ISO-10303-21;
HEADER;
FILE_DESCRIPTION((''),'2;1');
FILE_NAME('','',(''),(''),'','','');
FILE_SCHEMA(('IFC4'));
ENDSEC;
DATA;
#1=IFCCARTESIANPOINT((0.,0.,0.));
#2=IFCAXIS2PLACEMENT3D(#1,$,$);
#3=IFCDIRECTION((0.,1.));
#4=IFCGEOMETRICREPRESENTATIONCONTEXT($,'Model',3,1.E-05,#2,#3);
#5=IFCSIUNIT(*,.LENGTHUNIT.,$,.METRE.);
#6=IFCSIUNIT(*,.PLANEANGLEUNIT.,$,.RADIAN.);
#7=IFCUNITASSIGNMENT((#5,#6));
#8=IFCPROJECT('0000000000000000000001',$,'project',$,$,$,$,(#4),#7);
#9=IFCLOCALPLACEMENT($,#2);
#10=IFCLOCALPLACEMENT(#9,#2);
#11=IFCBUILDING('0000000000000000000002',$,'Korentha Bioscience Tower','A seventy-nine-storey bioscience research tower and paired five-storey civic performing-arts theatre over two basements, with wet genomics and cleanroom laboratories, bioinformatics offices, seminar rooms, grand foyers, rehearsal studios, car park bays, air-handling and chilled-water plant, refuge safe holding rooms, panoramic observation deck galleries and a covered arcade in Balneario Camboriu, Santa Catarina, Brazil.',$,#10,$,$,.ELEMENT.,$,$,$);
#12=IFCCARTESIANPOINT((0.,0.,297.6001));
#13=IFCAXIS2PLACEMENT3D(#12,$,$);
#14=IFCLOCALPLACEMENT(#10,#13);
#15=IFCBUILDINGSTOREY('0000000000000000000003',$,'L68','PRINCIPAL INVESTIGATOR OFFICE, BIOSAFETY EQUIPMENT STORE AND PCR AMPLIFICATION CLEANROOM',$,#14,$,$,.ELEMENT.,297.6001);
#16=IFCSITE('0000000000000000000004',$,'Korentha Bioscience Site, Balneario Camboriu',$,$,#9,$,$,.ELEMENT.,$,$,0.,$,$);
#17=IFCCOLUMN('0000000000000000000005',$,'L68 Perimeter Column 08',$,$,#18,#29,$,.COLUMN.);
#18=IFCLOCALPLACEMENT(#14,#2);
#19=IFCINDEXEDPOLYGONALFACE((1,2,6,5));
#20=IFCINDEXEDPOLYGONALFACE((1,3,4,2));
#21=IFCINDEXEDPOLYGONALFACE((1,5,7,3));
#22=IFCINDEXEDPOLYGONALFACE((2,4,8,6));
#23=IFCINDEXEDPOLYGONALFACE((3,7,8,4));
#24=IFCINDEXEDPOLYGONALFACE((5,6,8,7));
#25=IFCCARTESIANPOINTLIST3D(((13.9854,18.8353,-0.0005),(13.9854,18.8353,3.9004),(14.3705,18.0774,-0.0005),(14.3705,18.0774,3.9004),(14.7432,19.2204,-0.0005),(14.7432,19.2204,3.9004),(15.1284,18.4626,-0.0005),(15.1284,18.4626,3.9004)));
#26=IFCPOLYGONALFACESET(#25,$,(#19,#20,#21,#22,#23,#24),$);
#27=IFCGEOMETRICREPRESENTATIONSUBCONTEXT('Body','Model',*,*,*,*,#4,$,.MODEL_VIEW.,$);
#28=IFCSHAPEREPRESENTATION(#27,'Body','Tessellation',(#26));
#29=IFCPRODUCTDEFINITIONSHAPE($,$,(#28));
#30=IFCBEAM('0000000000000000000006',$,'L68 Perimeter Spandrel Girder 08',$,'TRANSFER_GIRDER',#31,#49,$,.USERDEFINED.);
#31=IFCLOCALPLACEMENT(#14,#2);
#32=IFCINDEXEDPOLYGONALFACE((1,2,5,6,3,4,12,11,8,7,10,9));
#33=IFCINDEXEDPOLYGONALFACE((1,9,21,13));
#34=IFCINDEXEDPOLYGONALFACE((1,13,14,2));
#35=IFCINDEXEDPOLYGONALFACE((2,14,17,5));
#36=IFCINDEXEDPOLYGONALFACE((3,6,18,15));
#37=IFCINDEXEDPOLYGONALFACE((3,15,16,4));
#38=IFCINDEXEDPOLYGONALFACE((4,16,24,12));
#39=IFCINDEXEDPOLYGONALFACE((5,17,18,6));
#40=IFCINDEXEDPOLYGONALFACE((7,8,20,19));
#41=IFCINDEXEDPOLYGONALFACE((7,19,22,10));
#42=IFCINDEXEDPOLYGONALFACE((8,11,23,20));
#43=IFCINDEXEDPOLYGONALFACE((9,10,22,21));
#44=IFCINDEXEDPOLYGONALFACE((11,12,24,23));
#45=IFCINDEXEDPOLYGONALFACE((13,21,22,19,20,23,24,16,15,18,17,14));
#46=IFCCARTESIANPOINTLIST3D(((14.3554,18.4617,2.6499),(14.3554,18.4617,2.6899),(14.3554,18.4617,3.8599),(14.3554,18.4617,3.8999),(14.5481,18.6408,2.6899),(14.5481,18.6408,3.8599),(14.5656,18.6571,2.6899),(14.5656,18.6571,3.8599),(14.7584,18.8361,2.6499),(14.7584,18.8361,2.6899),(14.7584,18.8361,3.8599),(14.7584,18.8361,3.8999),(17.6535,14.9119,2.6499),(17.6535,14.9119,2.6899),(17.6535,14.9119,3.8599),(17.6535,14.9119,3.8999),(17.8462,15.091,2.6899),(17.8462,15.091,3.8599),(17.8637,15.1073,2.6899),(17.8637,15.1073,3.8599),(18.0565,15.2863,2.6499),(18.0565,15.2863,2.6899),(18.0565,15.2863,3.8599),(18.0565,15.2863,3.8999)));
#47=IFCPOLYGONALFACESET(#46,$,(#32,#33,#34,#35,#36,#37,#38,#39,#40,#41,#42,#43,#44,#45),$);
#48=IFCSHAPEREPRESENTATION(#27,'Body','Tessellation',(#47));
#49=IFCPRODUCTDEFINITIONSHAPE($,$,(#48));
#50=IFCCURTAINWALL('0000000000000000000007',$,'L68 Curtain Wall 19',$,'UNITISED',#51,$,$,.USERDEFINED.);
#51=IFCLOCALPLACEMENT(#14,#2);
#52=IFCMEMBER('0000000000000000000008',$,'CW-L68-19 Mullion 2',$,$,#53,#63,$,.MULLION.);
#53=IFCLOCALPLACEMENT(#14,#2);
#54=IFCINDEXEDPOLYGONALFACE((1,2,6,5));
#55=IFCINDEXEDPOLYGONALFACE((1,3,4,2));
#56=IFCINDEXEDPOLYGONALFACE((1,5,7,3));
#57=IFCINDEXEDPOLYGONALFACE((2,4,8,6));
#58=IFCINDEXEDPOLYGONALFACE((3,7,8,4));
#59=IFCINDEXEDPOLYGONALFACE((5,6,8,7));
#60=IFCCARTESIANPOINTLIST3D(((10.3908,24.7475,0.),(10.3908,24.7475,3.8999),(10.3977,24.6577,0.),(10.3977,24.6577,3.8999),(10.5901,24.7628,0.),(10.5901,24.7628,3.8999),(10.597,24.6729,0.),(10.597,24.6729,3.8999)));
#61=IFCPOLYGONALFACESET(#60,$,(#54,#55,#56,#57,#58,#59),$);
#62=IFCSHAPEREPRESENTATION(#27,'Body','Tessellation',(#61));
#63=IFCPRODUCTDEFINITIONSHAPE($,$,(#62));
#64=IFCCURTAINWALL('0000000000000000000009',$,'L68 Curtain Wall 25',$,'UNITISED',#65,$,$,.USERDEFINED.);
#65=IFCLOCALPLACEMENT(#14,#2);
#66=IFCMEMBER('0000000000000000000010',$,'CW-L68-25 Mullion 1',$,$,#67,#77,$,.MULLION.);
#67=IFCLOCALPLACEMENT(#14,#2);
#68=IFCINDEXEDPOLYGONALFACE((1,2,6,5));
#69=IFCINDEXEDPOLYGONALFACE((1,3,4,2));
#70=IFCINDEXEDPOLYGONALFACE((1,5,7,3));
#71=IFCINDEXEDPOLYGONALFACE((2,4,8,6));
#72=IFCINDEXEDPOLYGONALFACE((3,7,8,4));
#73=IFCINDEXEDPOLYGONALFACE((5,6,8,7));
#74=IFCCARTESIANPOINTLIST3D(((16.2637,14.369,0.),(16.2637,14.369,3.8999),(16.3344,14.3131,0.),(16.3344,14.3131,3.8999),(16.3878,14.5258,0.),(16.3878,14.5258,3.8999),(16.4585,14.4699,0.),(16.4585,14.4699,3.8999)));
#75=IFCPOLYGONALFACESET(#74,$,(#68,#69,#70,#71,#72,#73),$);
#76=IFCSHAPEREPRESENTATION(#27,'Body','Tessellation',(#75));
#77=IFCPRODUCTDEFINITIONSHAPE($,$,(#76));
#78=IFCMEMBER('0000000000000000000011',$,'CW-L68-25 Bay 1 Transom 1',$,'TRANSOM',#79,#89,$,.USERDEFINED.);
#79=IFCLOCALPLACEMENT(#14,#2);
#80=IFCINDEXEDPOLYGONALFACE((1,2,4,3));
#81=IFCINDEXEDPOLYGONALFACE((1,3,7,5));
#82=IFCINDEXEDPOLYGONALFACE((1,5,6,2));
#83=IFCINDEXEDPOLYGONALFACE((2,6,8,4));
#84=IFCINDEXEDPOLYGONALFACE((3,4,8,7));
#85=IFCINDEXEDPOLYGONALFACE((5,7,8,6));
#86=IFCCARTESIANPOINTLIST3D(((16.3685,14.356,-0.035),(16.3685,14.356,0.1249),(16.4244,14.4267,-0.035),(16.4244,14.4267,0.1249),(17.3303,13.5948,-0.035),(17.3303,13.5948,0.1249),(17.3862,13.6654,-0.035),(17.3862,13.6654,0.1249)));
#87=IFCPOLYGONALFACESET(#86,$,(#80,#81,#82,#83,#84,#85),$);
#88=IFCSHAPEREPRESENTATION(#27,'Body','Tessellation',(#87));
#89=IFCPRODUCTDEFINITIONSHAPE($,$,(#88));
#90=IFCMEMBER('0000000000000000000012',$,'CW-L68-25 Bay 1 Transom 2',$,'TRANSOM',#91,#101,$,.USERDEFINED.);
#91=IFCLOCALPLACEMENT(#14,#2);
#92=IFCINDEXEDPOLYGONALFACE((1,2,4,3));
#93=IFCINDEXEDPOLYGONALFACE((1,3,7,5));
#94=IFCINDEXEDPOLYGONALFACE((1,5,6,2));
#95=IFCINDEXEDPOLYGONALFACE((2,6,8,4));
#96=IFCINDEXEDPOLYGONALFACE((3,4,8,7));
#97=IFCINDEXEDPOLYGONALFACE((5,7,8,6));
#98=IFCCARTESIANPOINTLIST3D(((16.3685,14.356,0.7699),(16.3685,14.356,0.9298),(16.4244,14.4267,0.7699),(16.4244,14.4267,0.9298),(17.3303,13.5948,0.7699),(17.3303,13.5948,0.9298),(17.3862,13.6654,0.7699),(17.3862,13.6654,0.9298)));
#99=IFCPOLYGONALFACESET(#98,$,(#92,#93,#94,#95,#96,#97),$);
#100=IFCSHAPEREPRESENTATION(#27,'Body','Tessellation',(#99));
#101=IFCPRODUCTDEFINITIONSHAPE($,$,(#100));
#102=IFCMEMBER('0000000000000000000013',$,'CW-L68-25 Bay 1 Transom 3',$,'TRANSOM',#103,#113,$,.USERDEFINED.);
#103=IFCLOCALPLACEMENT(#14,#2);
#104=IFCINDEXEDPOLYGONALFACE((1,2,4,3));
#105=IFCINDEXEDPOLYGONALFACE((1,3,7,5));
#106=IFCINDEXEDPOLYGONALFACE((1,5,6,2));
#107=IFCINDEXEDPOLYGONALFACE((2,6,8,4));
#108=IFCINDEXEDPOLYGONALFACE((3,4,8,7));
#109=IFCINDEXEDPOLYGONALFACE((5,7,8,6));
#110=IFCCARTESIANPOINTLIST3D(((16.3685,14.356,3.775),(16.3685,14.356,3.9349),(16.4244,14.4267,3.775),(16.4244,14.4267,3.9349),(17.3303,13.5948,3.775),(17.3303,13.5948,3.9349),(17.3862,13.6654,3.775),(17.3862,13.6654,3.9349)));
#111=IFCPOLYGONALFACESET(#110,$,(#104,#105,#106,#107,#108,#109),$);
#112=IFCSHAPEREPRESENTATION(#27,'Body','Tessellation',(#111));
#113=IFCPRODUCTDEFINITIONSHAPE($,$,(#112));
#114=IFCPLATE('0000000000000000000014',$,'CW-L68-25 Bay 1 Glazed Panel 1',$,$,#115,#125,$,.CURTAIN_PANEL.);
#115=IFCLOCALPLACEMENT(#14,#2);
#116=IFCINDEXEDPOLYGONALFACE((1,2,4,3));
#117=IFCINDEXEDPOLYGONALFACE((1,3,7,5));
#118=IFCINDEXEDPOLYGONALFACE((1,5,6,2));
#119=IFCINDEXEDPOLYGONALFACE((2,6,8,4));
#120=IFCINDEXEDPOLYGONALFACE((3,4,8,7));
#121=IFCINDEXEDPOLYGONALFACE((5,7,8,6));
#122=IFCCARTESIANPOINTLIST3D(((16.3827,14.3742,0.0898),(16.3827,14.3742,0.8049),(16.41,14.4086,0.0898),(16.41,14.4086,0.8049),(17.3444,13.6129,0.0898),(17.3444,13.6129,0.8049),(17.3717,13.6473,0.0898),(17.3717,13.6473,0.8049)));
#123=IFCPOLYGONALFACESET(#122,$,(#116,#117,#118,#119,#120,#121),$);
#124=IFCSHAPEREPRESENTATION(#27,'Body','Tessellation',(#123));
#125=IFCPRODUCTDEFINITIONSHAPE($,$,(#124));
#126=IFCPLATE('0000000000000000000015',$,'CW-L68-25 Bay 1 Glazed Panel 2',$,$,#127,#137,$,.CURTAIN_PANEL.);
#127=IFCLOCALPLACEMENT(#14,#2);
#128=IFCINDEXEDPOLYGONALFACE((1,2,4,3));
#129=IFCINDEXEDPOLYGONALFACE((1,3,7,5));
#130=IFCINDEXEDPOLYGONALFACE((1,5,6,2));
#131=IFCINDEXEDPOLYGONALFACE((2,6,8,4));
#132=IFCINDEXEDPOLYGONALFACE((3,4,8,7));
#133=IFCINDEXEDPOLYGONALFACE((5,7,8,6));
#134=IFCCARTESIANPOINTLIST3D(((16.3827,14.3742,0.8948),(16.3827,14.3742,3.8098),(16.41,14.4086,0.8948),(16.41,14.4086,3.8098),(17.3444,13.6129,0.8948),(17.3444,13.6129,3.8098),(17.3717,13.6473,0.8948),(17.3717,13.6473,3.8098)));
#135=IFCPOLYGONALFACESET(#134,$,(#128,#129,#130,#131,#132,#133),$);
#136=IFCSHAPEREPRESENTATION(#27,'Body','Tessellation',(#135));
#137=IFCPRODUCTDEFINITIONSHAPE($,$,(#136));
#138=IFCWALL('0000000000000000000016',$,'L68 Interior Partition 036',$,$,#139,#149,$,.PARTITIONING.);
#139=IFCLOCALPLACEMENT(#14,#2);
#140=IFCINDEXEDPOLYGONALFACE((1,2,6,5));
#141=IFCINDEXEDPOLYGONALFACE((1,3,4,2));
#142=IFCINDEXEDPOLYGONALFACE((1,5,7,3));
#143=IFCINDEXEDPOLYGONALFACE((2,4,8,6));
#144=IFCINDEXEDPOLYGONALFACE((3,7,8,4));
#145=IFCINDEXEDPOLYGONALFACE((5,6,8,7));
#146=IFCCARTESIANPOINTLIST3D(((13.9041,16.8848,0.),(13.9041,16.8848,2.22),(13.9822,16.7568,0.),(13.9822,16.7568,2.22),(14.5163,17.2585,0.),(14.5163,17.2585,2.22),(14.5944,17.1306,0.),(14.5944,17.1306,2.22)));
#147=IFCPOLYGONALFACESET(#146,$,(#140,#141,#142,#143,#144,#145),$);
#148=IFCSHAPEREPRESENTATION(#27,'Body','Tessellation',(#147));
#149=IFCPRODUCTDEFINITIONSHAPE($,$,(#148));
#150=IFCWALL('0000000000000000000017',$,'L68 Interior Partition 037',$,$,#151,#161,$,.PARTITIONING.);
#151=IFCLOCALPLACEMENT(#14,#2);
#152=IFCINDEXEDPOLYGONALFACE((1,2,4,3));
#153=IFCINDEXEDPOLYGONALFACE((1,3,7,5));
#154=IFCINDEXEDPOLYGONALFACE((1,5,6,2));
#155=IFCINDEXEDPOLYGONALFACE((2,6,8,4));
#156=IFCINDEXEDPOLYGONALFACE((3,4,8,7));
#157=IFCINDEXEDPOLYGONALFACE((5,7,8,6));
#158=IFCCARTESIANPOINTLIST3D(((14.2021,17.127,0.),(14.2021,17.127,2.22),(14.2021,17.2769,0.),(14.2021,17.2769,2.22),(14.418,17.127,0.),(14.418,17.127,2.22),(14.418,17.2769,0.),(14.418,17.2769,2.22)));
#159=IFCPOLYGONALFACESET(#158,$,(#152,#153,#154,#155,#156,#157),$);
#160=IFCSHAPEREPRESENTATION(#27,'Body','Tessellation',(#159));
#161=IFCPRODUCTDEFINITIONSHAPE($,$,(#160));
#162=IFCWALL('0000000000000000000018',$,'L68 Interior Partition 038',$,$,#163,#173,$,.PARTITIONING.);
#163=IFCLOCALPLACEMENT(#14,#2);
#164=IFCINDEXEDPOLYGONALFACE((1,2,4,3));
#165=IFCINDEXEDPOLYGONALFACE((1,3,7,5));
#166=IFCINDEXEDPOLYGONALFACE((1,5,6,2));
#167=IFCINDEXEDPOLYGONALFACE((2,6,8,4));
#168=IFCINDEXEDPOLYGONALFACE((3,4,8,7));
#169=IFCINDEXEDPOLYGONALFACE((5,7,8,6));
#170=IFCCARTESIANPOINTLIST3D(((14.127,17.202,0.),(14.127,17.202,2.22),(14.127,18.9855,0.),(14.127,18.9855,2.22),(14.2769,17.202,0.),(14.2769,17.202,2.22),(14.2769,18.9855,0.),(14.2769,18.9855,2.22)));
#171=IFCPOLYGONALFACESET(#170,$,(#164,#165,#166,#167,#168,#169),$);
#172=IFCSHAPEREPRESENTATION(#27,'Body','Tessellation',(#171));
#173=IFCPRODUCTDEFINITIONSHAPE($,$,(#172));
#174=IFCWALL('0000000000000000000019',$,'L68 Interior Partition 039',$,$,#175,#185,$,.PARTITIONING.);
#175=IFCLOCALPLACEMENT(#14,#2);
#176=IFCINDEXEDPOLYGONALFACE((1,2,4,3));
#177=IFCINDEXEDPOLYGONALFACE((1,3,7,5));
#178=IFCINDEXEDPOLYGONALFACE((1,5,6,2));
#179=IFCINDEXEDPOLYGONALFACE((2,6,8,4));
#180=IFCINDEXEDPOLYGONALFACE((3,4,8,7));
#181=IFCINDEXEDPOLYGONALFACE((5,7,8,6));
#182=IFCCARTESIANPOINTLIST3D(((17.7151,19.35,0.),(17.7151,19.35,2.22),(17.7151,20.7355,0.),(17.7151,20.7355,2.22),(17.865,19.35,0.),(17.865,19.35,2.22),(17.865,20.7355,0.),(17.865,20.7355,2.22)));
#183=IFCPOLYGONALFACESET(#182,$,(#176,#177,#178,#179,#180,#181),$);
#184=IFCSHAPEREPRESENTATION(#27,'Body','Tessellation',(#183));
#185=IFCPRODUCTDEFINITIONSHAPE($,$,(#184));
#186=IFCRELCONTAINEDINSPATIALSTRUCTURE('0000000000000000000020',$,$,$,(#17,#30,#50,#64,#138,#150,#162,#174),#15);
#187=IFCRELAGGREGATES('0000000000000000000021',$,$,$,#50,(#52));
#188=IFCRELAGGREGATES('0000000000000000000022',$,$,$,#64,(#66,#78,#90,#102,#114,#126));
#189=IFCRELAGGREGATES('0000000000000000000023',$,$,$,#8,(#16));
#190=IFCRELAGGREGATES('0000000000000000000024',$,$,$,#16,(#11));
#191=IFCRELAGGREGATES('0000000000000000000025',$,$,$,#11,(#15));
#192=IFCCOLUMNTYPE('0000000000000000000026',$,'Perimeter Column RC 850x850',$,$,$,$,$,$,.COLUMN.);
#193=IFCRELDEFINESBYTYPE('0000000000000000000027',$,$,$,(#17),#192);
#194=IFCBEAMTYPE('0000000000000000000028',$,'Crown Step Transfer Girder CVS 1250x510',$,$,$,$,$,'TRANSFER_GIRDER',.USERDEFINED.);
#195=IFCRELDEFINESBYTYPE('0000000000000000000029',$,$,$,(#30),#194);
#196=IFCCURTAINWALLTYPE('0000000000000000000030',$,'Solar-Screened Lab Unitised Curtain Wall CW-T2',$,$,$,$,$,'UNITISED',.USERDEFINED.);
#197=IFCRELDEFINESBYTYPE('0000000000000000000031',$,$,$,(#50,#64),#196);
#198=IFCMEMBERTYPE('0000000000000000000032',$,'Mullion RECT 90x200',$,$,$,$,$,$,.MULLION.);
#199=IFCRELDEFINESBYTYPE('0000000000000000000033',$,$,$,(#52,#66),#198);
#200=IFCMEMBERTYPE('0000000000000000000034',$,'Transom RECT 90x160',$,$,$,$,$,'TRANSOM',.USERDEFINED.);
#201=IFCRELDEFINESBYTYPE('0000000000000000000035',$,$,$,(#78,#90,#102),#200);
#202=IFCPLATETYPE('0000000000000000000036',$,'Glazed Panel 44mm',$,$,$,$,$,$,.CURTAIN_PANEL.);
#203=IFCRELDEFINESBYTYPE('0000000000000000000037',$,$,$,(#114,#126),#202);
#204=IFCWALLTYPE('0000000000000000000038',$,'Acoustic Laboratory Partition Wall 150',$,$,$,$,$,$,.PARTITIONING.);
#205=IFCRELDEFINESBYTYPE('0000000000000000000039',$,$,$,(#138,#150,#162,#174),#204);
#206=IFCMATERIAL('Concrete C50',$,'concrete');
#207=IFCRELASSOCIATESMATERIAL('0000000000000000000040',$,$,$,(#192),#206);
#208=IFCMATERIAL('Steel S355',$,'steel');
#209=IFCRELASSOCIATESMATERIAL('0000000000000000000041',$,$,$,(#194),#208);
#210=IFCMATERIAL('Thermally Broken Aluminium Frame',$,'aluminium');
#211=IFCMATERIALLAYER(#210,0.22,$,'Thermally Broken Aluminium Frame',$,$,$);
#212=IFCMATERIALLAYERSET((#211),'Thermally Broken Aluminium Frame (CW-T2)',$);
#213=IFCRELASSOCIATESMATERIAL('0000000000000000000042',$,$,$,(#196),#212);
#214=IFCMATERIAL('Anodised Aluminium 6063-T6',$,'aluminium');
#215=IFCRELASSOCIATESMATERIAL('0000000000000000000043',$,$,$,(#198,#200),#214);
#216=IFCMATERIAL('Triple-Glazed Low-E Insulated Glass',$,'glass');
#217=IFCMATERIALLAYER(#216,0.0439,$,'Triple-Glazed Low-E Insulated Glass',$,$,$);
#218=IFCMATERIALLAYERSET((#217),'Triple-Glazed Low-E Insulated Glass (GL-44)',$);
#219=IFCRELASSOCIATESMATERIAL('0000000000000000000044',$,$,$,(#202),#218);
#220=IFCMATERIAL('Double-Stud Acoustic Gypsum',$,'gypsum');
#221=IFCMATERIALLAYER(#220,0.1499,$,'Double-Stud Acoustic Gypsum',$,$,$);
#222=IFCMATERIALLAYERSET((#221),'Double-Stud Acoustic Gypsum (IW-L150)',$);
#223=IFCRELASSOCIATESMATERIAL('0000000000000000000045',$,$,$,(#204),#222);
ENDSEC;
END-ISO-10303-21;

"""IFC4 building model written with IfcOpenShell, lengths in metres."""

from ifc_helpers import new_model, si_unit, direction, frame, frame_2d, origin, origin_2d, place, context, subcontext, project, spatial, rectangle, i_section, extrude, material, layer, layer_set, material_profile, profile_set, type_object, element, aggregate, save


model = new_model("IFC4")

# Units and contexts
model_context = context("Model", 3, precision=1e-05, world=origin(), true_north=direction((0.0, 1.0)))
body_context = subcontext(model_context, "Body", "Model", "MODEL_VIEW")
ifc_project = project(units=[si_unit("LENGTHUNIT", "METRE"), si_unit("PLANEANGLEUNIT", "RADIAN")], contexts=[model_context])

# Site, building, storey
site_placement = place(None, origin())
site = spatial("IfcSite", under=ifc_project, at=site_placement, Name="Korentha Bioscience Site, Balneario Camboriu", CompositionType="ELEMENT", RefElevation=0.0)
building_placement = place(site_placement, origin())
building = spatial("IfcBuilding", under=site, at=building_placement, Name="Korentha Bioscience Tower", Description="A seventy-nine-storey bioscience research tower and paired five-storey civic performing-arts theatre over two basements, with wet genomics and cleanroom laboratories, bioinformatics offices, seminar rooms, grand foyers, rehearsal studios, car park bays, air-handling and chilled-water plant, refuge safe holding rooms, panoramic observation deck galleries and a covered arcade in Balneario Camboriu, Santa Catarina, Brazil.", CompositionType="ELEMENT")
storey_placement = place(building_placement, frame((0.0, 0.0, 297.6001)))
storey = spatial("IfcBuildingStorey", under=building, at=storey_placement, Name="L68", Description="PRINCIPAL INVESTIGATOR OFFICE, BIOSAFETY EQUIPMENT STORE AND PCR AMPLIFICATION CLEANROOM", CompositionType="ELEMENT", Elevation=297.6001)

# Column
ifc_material_1 = material(Name="Concrete C50", Category="concrete")
ifc_material_profile_1 = material_profile(ifc_material_1, rectangle(XDim=0.8501, YDim=0.8501, at=origin_2d()), Name="Concrete C50")
ifc_profile_set_1 = profile_set([ifc_material_profile_1], Name="Concrete C50 (COL-P08)")
column_type = type_object("IfcColumnType", Name="Perimeter Column RC 850x850", PredefinedType="COLUMN", material=ifc_profile_set_1)
column_placement = place(storey_placement, frame((14.5569, 18.6489, -0.0005), z_axis=(0.0, 0.0, 1.0), x_axis=(-0.453057, 0.891481, 0.0)))
element("IfcColumn", 1, at=column_placement, inside=storey, type_object=column_type, Name="L68 Perimeter Column 08", PredefinedType="COLUMN", context=body_context, shape_type="SweptSolid", body=[
    extrude(rectangle(XDim=0.8501, YDim=0.8501, at=origin_2d()), origin(), (0.0, 0.0, 1.0), 3.9009),
])

# Beam
ifc_material_2 = material(Name="Steel S355", Category="steel")
ifc_material_profile_2 = material_profile(ifc_material_2, i_section(OverallWidth=0.55, OverallDepth=1.25, WebThickness=0.0239, FlangeThickness=0.04, at=origin_2d()), Name="Steel S355")
ifc_profile_set_2 = profile_set([ifc_material_profile_2], Name="Steel S355 (TG-03)")
beam_type = type_object("IfcBeamType", Name="Crown Step Transfer Girder CVS 1250x510", ElementType="TRANSFER_GIRDER", PredefinedType="USERDEFINED", material=ifc_profile_set_2)
beam_placement = place(storey_placement, frame((14.5569, 18.6489, 3.2749), z_axis=(0.680656, -0.732603, 0.0), x_axis=(0.732603, 0.680656, 0.0)))
element("IfcBeam", 2, at=beam_placement, inside=storey, type_object=beam_type, Name="L68 Perimeter Spandrel Girder 08", ObjectType="TRANSFER_GIRDER", PredefinedType="USERDEFINED", context=body_context, shape_type="SweptSolid", body=[
    extrude(i_section(OverallWidth=0.55, OverallDepth=1.25, WebThickness=0.0239, FlangeThickness=0.04, at=origin_2d()), origin(), (0.0, 0.0, 1.0), 4.8455),
])

# Curtain wall, member
ifc_material_3 = material(Name="Thermally Broken Aluminium Frame", Category="aluminium")
ifc_layer_1 = layer(ifc_material_3, 0.22, Name="Thermally Broken Aluminium Frame")
ifc_layer_set_1 = layer_set([ifc_layer_1], Name="Thermally Broken Aluminium Frame (CW-T2)")
curtain_wall_type = type_object("IfcCurtainWallType", Name="Solar-Screened Lab Unitised Curtain Wall CW-T2", ElementType="UNITISED", PredefinedType="USERDEFINED", material=ifc_layer_set_1)
curtain_wall_1_placement = place(storey_placement, origin())
curtain_wall_1 = element("IfcCurtainWall", 3, at=curtain_wall_1_placement, inside=storey, type_object=curtain_wall_type, Name="L68 Curtain Wall 19", ObjectType="UNITISED", PredefinedType="USERDEFINED")
ifc_material_4 = material(Name="Anodised Aluminium 6063-T6", Category="aluminium")
ifc_material_profile_3 = material_profile(ifc_material_4, rectangle(XDim=0.0901, YDim=0.2, at=origin_2d()), Name="Anodised Aluminium 6063-T6")
ifc_profile_set_3 = profile_set([ifc_material_profile_3], Name="Anodised Aluminium 6063-T6 (CW-MUL)")
member_type_1 = type_object("IfcMemberType", Name="Mullion RECT 90x200", PredefinedType="MULLION", material=ifc_profile_set_3)
member_1_placement = place(storey_placement, frame((10.4939, 24.7102, 0.0), z_axis=(0.0, 0.0, 1.0), x_axis=(0.076447, -0.997074, 0.0)))
member_1 = element("IfcMember", 4, at=member_1_placement, type_object=member_type_1, Name="CW-L68-19 Mullion 2", PredefinedType="MULLION", context=body_context, shape_type="SweptSolid", body=[
    extrude(rectangle(XDim=0.0901, YDim=0.2, at=origin_2d()), origin(), (0.0, 0.0, 1.0), 3.8999),
])
aggregate(curtain_wall_1, [member_1])

# Curtain wall, members, plates
curtain_wall_2_placement = place(storey_placement, origin())
curtain_wall_2 = element("IfcCurtainWall", 5, at=curtain_wall_2_placement, inside=storey, type_object=curtain_wall_type, Name="L68 Curtain Wall 25", ObjectType="UNITISED", PredefinedType="USERDEFINED")
member_2_placement = place(storey_placement, frame((16.3611, 14.4194, 0.0), z_axis=(0.0, 0.0, 1.0), x_axis=(0.784076, -0.620665, 0.0)))
member_2 = element("IfcMember", 6, at=member_2_placement, type_object=member_type_1, Name="CW-L68-25 Mullion 1", PredefinedType="MULLION", context=body_context, shape_type="SweptSolid", body=[
    extrude(rectangle(XDim=0.0901, YDim=0.2, at=origin_2d()), origin(), (0.0, 0.0, 1.0), 3.8999),
])
ifc_material_profile_4 = material_profile(ifc_material_4, rectangle(XDim=0.0901, YDim=0.1599, at=origin_2d()), Name="Anodised Aluminium 6063-T6")
ifc_profile_set_4 = profile_set([ifc_material_profile_4], Name="Anodised Aluminium 6063-T6 (CW-TRN)")
member_type_2 = type_object("IfcMemberType", Name="Transom RECT 90x160", ElementType="TRANSOM", PredefinedType="USERDEFINED", material=ifc_profile_set_4)
member_3_placement = place(storey_placement, frame((16.3965, 14.3914, 0.0449), z_axis=(0.784082, -0.620657, 0.0), x_axis=(0.620657, 0.784082, 0.0)))
member_3 = element("IfcMember", 7, at=member_3_placement, type_object=member_type_2, Name="CW-L68-25 Bay 1 Transom 1", ObjectType="TRANSOM", PredefinedType="USERDEFINED", context=body_context, shape_type="SweptSolid", body=[
    extrude(rectangle(XDim=0.0901, YDim=0.1599, at=origin_2d()), origin(), (0.0, 0.0, 1.0), 1.2266),
])
member_4_placement = place(storey_placement, frame((16.3965, 14.3914, 0.8499), z_axis=(0.784082, -0.620657, 0.0), x_axis=(0.620657, 0.784082, 0.0)))
member_4 = element("IfcMember", 8, at=member_4_placement, type_object=member_type_2, Name="CW-L68-25 Bay 1 Transom 2", ObjectType="TRANSOM", PredefinedType="USERDEFINED", context=body_context, shape_type="SweptSolid", body=[
    extrude(rectangle(XDim=0.0901, YDim=0.1599, at=origin_2d()), origin(), (0.0, 0.0, 1.0), 1.2266),
])
member_5_placement = place(storey_placement, frame((16.3965, 14.3914, 3.855), z_axis=(0.784082, -0.620657, 0.0), x_axis=(0.620657, 0.784082, 0.0)))
member_5 = element("IfcMember", 9, at=member_5_placement, type_object=member_type_2, Name="CW-L68-25 Bay 1 Transom 3", ObjectType="TRANSOM", PredefinedType="USERDEFINED", context=body_context, shape_type="SweptSolid", body=[
    extrude(rectangle(XDim=0.0901, YDim=0.1599, at=origin_2d()), origin(), (0.0, 0.0, 1.0), 1.2266),
])
ifc_material_5 = material(Name="Triple-Glazed Low-E Insulated Glass", Category="glass")
ifc_layer_2 = layer(ifc_material_5, 0.0439, Name="Triple-Glazed Low-E Insulated Glass")
ifc_layer_set_2 = layer_set([ifc_layer_2], Name="Triple-Glazed Low-E Insulated Glass (GL-44)")
plate_type = type_object("IfcPlateType", Name="Glazed Panel 44mm", PredefinedType="CURTAIN_PANEL", material=ifc_layer_set_2)
plate_1_placement = place(storey_placement, frame((16.8772, 14.0107, 0.0898), z_axis=(0.0, 0.0, 1.0), x_axis=(0.784076, -0.620665, 0.0)))
plate_1 = element("IfcPlate", 10, at=plate_1_placement, type_object=plate_type, Name="CW-L68-25 Bay 1 Glazed Panel 1", PredefinedType="CURTAIN_PANEL", context=body_context, shape_type="SweptSolid", body=[
    extrude(rectangle(XDim=1.2266, YDim=0.0439, at=origin_2d()), origin(), (0.0, 0.0, 1.0), 0.7151),
])
plate_2_placement = place(storey_placement, frame((16.8772, 14.0107, 0.8948), z_axis=(0.0, 0.0, 1.0), x_axis=(0.784076, -0.620665, 0.0)))
plate_2 = element("IfcPlate", 11, at=plate_2_placement, type_object=plate_type, Name="CW-L68-25 Bay 1 Glazed Panel 2", PredefinedType="CURTAIN_PANEL", context=body_context, shape_type="SweptSolid", body=[
    extrude(rectangle(XDim=1.2266, YDim=0.0439, at=origin_2d()), origin(), (0.0, 0.0, 1.0), 2.915),
])
aggregate(curtain_wall_2, [member_2, member_3, member_4, member_5, plate_1, plate_2])

# Walls
ifc_material_6 = material(Name="Double-Stud Acoustic Gypsum", Category="gypsum")
ifc_layer_3 = layer(ifc_material_6, 0.1499, Name="Double-Stud Acoustic Gypsum")
ifc_layer_set_3 = layer_set([ifc_layer_3], Name="Double-Stud Acoustic Gypsum (IW-L150)")
wall_type_1 = type_object("IfcWallType", Name="Acoustic Laboratory Partition Wall 150", PredefinedType="PARTITIONING", material=ifc_layer_set_3)
wall_1_placement = place(storey_placement, frame((13.9431, 16.8208, 0.0), z_axis=(0.0, 0.0, 1.0), x_axis=(0.853534, 0.521037, 0.0)))
element("IfcWall", 12, at=wall_1_placement, inside=storey, type_object=wall_type_1, Name="L68 Interior Partition 036", PredefinedType="PARTITIONING", context=body_context, shape_type="SweptSolid", body=[
    extrude(rectangle(XDim=0.7173, YDim=0.1499, at=frame_2d((0.3586, 0.0))), origin(), (0.0, 0.0, 1.0), 2.22),
])
wall_2_placement = place(storey_placement, frame((14.418, 17.2019, 0.0), z_axis=(0.0, 0.0, 1.0), x_axis=(-1.0, 0.0, 0.0)))
element("IfcWall", 13, at=wall_2_placement, inside=storey, type_object=wall_type_1, Name="L68 Interior Partition 037", PredefinedType="PARTITIONING", context=body_context, shape_type="SweptSolid", body=[
    extrude(rectangle(XDim=0.2158, YDim=0.1499, at=frame_2d((0.1079, 0.0))), origin(), (0.0, 0.0, 1.0), 2.22),
])
wall_3_placement = place(storey_placement, frame((14.2019, 17.2021, 0.0), z_axis=(0.0, 0.0, 1.0), x_axis=(0.0, 1.0, 0.0)))
element("IfcWall", 14, at=wall_3_placement, inside=storey, type_object=wall_type_1, Name="L68 Interior Partition 038", PredefinedType="PARTITIONING", context=body_context, shape_type="SweptSolid", body=[
    extrude(rectangle(XDim=1.7834, YDim=0.1499, at=frame_2d((0.8916, 0.0))), origin(), (0.0, 0.0, 1.0), 2.22),
])
wall_4_placement = place(storey_placement, frame((17.79, 20.7356, 0.0), z_axis=(0.0, 0.0, 1.0), x_axis=(0.0, -1.0, 0.0)))
element("IfcWall", 15, at=wall_4_placement, inside=storey, type_object=wall_type_1, Name="L68 Interior Partition 039", PredefinedType="PARTITIONING", context=body_context, shape_type="SweptSolid", body=[
    extrude(rectangle(XDim=1.3855, YDim=0.1499, at=frame_2d((0.6929, 0.0))), origin(), (0.0, 0.0, 1.0), 2.22),
])

save(model, "model.ifc")
